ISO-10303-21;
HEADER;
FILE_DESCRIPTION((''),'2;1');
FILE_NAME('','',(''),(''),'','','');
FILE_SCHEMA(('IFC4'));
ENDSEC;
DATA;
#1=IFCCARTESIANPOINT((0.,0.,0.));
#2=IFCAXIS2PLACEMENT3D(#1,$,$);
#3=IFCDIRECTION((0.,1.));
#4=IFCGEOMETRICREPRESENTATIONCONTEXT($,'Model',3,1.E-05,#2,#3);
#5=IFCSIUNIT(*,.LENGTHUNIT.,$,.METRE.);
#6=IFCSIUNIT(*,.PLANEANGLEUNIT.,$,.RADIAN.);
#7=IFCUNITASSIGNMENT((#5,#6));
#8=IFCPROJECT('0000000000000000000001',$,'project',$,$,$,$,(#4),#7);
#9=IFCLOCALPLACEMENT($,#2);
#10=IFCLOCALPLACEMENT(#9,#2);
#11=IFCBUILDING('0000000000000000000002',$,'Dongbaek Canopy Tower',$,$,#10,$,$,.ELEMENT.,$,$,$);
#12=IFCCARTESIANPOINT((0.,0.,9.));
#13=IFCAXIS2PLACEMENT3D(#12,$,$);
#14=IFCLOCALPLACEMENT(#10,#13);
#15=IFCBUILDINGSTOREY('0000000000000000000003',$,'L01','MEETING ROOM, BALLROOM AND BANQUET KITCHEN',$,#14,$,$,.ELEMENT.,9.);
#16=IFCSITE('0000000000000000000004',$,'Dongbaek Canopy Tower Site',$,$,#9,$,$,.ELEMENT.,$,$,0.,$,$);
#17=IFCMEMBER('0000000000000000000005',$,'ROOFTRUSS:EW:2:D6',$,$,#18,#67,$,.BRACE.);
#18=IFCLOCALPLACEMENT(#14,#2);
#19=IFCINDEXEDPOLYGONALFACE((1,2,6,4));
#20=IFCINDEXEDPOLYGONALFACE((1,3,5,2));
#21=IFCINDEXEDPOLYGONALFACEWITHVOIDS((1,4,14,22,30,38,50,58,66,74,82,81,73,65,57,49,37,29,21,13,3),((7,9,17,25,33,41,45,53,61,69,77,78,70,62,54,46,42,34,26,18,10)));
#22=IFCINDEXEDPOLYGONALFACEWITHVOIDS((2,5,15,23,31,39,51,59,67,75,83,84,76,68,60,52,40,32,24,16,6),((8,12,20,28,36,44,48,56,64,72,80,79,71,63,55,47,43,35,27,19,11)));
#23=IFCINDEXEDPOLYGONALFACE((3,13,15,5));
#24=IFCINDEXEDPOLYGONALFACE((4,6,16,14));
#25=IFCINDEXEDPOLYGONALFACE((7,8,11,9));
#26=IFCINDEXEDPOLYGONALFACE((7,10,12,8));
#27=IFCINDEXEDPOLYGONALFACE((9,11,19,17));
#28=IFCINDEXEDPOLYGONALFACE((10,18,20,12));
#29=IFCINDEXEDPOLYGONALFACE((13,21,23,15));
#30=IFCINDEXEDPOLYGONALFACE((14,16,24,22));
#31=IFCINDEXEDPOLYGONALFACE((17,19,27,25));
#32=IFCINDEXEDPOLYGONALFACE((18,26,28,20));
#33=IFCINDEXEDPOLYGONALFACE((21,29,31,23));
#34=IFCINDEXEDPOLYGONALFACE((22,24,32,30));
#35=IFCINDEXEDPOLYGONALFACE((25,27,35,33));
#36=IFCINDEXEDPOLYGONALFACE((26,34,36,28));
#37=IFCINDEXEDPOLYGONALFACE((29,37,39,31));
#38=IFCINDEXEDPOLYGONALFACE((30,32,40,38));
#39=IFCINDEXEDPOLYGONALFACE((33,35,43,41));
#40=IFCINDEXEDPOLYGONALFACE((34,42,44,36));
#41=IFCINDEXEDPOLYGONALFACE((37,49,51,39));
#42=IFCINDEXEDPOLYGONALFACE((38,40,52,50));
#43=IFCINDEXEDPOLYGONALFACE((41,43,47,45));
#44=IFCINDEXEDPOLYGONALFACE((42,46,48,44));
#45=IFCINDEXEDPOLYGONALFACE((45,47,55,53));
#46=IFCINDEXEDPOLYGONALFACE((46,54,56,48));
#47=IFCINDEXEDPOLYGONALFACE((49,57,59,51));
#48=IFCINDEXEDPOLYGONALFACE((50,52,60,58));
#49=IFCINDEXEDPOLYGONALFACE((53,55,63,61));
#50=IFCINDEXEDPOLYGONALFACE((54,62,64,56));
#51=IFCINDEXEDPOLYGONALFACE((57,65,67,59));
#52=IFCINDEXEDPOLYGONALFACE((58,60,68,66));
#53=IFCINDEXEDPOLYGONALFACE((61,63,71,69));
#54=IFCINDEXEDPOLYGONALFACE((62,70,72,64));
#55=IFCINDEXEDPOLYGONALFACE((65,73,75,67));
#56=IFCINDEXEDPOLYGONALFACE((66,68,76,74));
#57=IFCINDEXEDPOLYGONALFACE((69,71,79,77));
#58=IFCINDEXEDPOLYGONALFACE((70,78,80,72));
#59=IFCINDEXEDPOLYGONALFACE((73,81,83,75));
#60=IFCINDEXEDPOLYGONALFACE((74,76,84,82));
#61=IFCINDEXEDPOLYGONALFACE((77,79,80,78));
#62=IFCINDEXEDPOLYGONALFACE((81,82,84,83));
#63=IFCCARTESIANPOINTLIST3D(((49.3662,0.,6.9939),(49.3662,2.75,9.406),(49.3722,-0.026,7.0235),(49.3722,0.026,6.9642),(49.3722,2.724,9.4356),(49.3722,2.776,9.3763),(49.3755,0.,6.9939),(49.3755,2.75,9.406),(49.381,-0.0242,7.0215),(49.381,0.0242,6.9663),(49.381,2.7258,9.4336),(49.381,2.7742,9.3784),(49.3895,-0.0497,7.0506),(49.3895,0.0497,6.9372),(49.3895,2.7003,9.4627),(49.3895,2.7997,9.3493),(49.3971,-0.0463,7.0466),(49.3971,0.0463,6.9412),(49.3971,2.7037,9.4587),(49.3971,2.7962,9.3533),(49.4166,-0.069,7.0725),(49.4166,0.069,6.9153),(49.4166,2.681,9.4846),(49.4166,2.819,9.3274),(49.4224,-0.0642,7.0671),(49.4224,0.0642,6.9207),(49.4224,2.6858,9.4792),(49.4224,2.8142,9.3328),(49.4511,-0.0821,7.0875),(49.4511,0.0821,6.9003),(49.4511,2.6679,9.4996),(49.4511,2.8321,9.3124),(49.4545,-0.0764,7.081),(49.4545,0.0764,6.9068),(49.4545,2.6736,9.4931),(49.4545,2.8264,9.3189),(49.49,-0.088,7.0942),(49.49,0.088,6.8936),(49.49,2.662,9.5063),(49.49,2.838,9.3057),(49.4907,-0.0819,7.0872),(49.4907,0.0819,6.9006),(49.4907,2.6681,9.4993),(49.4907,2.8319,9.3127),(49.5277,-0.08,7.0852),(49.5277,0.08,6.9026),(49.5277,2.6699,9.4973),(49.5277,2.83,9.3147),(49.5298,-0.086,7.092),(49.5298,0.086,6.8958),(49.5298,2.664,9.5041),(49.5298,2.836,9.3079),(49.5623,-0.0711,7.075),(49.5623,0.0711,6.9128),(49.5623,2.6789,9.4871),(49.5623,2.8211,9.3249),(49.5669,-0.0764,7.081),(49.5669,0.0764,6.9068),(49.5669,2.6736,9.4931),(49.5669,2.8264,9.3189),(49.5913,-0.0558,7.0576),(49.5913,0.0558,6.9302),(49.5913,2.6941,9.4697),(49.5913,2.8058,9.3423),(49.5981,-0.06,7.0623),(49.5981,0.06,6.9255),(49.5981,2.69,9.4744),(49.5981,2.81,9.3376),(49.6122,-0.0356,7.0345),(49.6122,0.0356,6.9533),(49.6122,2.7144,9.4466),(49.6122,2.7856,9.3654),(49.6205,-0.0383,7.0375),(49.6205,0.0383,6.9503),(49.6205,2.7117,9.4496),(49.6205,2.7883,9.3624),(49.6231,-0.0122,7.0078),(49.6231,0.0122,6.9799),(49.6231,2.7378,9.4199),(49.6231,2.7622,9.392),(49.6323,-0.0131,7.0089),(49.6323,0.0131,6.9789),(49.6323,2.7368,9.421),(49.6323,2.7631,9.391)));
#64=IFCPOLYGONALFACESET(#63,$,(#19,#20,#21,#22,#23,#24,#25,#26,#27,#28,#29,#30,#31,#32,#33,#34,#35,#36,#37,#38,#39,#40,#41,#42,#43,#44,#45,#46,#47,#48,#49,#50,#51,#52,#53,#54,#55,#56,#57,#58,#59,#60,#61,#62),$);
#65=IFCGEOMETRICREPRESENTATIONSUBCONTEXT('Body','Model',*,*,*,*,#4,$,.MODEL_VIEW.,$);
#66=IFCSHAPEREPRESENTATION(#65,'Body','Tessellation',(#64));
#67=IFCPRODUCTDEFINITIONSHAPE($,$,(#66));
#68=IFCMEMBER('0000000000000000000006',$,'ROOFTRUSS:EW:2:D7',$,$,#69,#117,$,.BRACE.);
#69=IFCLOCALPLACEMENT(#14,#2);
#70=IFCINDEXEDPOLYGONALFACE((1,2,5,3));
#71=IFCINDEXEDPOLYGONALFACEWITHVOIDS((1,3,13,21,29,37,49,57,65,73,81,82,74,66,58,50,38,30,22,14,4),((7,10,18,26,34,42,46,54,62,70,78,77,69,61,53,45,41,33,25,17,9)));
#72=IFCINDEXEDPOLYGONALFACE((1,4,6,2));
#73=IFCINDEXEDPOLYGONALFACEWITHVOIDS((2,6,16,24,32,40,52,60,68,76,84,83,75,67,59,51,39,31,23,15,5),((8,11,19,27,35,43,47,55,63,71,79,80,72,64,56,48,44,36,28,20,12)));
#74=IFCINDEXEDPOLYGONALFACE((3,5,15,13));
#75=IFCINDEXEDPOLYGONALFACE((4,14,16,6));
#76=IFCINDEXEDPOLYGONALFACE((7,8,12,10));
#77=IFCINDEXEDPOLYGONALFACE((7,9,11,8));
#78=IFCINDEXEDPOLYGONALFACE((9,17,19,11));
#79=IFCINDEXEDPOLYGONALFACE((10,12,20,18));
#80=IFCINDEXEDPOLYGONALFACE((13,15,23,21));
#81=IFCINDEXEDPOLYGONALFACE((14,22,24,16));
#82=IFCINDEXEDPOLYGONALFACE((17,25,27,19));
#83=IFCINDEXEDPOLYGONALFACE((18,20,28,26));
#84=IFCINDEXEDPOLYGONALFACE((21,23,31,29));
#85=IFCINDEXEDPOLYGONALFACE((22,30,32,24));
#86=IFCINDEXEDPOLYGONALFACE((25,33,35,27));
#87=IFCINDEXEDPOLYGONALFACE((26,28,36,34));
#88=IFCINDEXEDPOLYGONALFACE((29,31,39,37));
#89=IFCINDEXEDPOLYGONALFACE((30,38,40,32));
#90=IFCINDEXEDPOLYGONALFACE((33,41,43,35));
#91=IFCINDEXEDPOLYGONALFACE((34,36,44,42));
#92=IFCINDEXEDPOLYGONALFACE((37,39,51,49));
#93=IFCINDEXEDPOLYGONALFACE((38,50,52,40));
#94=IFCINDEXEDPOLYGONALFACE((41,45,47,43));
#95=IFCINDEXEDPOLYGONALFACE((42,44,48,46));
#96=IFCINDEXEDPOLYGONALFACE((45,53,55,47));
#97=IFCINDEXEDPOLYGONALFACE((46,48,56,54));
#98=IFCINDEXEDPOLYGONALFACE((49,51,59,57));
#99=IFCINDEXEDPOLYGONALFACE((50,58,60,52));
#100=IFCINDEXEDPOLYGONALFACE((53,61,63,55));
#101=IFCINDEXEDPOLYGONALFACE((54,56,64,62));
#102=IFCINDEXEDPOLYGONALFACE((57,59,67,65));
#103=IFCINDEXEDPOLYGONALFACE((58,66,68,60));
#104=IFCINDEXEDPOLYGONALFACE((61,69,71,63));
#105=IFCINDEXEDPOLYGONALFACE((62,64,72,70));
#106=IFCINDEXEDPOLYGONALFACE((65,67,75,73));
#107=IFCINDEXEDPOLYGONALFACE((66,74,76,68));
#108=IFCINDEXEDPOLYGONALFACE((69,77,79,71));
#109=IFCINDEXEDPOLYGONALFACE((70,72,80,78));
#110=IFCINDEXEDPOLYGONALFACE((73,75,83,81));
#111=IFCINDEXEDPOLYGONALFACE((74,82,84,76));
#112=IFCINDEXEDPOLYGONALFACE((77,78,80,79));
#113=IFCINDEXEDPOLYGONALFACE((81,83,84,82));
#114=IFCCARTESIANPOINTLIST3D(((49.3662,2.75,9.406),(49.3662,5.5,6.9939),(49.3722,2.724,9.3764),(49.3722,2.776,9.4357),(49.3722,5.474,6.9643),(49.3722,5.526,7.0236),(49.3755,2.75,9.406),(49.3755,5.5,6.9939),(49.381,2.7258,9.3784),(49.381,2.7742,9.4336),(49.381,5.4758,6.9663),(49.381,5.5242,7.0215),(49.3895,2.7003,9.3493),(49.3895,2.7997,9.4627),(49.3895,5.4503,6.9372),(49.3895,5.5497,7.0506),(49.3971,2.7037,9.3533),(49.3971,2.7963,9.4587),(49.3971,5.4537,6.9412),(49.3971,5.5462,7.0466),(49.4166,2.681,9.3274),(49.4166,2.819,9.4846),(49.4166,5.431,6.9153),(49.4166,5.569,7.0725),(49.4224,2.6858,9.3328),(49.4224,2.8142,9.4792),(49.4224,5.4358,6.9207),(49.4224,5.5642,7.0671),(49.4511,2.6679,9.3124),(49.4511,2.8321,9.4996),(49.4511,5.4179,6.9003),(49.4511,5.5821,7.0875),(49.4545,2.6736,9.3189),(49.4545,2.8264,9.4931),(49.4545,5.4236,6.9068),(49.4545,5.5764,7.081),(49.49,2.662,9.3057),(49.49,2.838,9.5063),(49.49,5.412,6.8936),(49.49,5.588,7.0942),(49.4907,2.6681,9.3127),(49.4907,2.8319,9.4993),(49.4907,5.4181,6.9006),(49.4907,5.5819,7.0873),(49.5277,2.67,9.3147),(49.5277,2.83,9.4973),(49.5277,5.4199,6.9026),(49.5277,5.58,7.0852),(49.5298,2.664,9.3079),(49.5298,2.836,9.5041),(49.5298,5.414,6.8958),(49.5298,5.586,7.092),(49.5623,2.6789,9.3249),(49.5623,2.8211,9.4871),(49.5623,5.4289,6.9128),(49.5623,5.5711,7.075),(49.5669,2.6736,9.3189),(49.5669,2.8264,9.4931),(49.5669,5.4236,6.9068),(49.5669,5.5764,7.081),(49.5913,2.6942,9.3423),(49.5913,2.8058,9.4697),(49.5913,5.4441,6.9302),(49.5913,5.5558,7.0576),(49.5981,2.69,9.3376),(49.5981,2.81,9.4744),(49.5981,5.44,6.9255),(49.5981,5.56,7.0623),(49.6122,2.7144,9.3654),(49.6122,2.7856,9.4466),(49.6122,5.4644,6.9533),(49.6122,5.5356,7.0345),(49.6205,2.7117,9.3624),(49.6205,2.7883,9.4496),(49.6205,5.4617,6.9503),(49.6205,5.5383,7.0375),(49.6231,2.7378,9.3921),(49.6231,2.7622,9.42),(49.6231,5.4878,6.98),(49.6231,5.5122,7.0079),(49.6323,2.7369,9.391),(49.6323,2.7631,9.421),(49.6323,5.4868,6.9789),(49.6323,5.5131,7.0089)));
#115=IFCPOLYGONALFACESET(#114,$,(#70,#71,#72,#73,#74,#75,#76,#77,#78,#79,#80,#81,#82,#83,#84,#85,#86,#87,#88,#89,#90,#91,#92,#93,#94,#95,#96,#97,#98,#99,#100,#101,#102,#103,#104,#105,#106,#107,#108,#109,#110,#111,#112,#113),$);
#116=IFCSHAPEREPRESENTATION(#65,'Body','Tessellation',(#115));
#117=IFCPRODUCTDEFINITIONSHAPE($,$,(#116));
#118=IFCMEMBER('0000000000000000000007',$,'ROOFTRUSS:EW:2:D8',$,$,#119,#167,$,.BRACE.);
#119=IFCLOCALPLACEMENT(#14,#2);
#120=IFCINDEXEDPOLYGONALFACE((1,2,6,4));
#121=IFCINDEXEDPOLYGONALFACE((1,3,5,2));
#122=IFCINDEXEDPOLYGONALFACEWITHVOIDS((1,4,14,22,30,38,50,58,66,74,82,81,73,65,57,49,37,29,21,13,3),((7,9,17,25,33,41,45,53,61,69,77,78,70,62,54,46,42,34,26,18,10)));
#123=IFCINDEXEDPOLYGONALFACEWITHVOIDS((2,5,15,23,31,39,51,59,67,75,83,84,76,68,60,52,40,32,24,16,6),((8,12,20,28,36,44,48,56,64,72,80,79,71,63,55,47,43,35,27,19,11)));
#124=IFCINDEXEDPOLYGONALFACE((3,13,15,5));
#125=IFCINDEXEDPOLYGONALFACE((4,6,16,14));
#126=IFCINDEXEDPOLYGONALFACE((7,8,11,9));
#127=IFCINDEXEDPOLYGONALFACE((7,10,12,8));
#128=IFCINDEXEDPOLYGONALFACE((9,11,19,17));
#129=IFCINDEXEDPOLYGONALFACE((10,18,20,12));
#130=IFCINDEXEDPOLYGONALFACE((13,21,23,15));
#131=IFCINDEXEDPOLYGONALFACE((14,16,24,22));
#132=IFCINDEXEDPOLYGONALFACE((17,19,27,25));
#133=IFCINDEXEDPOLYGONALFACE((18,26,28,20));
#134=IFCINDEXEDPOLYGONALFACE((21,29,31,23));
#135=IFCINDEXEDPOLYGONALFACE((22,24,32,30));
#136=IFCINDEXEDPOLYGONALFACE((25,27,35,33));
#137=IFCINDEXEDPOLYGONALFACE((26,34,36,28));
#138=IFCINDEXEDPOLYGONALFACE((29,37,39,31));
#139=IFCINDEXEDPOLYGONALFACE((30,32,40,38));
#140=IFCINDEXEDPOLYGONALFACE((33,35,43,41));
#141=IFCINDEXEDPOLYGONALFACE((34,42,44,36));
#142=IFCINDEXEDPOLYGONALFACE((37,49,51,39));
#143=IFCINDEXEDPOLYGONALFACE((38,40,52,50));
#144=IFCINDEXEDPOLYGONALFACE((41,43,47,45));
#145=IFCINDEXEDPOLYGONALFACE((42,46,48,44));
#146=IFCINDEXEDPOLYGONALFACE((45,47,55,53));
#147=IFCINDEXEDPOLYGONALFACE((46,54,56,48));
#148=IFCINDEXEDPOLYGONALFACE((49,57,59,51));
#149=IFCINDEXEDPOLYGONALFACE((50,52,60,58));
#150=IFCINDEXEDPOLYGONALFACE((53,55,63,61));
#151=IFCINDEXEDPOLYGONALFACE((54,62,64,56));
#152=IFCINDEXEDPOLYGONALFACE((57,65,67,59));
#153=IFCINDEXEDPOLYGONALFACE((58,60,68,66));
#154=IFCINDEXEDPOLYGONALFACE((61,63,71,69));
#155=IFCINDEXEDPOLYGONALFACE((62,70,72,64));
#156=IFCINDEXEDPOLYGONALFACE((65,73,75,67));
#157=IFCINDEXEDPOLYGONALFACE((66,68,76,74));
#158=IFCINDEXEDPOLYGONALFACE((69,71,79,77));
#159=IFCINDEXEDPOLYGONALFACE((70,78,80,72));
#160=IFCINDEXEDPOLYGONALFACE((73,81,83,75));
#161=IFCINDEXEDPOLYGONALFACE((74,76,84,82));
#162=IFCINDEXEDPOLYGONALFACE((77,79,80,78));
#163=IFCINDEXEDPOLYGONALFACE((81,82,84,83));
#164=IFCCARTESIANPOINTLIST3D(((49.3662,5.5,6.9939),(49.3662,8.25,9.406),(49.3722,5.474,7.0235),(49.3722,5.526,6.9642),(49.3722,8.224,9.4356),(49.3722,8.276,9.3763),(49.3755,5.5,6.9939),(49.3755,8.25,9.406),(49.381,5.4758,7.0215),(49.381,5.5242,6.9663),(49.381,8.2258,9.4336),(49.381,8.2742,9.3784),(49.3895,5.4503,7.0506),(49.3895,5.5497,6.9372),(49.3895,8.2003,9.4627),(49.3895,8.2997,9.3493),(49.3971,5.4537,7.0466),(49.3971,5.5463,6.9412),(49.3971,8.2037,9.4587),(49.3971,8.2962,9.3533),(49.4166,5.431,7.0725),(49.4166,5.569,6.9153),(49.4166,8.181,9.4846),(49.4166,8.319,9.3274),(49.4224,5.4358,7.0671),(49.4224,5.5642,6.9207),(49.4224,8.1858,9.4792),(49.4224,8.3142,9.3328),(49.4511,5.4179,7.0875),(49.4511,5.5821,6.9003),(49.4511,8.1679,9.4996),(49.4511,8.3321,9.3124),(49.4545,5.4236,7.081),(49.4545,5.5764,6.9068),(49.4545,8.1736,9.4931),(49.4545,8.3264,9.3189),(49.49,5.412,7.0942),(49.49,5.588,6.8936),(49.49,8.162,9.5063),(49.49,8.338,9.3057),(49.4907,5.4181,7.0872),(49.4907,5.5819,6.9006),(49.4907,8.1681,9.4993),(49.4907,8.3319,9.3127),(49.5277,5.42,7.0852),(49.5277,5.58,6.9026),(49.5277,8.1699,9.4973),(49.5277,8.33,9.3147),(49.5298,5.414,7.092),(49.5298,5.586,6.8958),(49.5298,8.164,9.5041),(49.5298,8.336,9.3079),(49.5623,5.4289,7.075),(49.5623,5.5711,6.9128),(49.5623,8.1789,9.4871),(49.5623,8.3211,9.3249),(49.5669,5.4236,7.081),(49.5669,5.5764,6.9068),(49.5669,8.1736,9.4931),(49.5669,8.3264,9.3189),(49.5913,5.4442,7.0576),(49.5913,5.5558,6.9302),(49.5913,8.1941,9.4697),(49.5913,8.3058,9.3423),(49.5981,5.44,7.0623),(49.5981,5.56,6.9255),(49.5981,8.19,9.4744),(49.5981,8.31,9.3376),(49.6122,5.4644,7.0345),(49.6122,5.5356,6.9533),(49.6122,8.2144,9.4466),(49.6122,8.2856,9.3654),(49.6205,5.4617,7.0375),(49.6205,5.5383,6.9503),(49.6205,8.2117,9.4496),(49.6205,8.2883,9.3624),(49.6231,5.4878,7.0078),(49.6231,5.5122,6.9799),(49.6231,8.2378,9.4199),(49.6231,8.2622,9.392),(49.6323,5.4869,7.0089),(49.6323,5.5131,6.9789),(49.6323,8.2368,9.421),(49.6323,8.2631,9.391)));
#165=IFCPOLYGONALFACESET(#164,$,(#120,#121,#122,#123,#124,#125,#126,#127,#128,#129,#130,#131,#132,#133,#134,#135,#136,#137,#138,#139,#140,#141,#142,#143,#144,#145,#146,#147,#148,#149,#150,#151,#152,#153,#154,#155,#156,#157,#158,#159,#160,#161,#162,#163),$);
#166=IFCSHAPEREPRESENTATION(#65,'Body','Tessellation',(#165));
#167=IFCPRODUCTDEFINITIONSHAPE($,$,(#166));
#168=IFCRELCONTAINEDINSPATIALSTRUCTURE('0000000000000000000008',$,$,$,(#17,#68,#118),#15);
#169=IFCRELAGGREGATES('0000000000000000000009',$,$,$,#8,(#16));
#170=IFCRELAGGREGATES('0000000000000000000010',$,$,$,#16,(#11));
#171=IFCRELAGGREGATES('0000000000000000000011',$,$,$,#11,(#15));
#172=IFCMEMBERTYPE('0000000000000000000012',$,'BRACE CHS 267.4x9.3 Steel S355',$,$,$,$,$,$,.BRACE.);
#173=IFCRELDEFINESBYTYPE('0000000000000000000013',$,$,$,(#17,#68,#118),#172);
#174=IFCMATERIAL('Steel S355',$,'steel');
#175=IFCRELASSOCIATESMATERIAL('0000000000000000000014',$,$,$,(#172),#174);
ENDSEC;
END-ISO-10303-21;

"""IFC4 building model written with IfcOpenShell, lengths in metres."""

from ifc_helpers import new_model, si_unit, direction, frame, origin, origin_2d, place, context, subcontext, project, spatial, hollow_circle, extrude, material, material_profile, profile_set, type_object, element, save


model = new_model("IFC4")

# Units and contexts
model_context = context("Model", 3, precision=1e-05, world=origin(), true_north=direction((0.0, 1.0)))
body_context = subcontext(model_context, "Body", "Model", "MODEL_VIEW")
ifc_project = project(units=[si_unit("LENGTHUNIT", "METRE"), si_unit("PLANEANGLEUNIT", "RADIAN")], contexts=[model_context])

# Site, building, storey
site_placement = place(None, origin())
site = spatial("IfcSite", under=ifc_project, at=site_placement, Name="Dongbaek Canopy Tower Site", CompositionType="ELEMENT", RefElevation=0.0)
building_placement = place(site_placement, origin())
building = spatial("IfcBuilding", under=site, at=building_placement, Name="Dongbaek Canopy Tower", CompositionType="ELEMENT")
storey_placement = place(building_placement, frame((0.0, 0.0, 9.0)))
storey = spatial("IfcBuildingStorey", under=building, at=storey_placement, Name="L01", Description="MEETING ROOM, BALLROOM AND BANQUET KITCHEN", CompositionType="ELEMENT", Elevation=9.0)

# Members
ifc_material_1 = material(Name="Steel S355", Category="steel")
ifc_material_profile_1 = material_profile(ifc_material_1, hollow_circle(Radius=0.1338, WallThickness=0.0093, at=origin_2d()), Name="BRACE CHS 267.4x9.3 Steel S355")
ifc_profile_set_1 = profile_set([ifc_material_profile_1], Name="Steel S355")
member_type_1 = type_object("IfcMemberType", Name="BRACE CHS 267.4x9.3 Steel S355", PredefinedType="BRACE", material=ifc_profile_set_1)
for number, where, z_axis, x_axis, name in (
    (1, (49.5, 0.0, 6.9939), (0.0, 0.751782, 0.659411), (-1.0, 0.0, 0.0), "ROOFTRUSS:EW:2:D6"),
    (2, (49.5, 2.75, 9.406), (0.0, 0.751782, -0.659411), (-1.0, 0.0, 0.0), "ROOFTRUSS:EW:2:D7"),
    (3, (49.5, 5.5, 6.9939), (0.0, 0.751782, 0.659411), (-1.0, 0.0, 0.0), "ROOFTRUSS:EW:2:D8"),
):
    element("IfcMember", number, at=place(storey_placement, frame(where, z_axis=z_axis, x_axis=x_axis)), inside=storey, type_object=member_type_1, Name=name, PredefinedType="BRACE", context=body_context, shape_type="SweptSolid", body=[
        extrude(hollow_circle(Radius=0.1338, WallThickness=0.0093, at=origin_2d()), origin(), (0.0, 0.0, 1.0), 3.658),
    ])

save(model, "model.ifc")
